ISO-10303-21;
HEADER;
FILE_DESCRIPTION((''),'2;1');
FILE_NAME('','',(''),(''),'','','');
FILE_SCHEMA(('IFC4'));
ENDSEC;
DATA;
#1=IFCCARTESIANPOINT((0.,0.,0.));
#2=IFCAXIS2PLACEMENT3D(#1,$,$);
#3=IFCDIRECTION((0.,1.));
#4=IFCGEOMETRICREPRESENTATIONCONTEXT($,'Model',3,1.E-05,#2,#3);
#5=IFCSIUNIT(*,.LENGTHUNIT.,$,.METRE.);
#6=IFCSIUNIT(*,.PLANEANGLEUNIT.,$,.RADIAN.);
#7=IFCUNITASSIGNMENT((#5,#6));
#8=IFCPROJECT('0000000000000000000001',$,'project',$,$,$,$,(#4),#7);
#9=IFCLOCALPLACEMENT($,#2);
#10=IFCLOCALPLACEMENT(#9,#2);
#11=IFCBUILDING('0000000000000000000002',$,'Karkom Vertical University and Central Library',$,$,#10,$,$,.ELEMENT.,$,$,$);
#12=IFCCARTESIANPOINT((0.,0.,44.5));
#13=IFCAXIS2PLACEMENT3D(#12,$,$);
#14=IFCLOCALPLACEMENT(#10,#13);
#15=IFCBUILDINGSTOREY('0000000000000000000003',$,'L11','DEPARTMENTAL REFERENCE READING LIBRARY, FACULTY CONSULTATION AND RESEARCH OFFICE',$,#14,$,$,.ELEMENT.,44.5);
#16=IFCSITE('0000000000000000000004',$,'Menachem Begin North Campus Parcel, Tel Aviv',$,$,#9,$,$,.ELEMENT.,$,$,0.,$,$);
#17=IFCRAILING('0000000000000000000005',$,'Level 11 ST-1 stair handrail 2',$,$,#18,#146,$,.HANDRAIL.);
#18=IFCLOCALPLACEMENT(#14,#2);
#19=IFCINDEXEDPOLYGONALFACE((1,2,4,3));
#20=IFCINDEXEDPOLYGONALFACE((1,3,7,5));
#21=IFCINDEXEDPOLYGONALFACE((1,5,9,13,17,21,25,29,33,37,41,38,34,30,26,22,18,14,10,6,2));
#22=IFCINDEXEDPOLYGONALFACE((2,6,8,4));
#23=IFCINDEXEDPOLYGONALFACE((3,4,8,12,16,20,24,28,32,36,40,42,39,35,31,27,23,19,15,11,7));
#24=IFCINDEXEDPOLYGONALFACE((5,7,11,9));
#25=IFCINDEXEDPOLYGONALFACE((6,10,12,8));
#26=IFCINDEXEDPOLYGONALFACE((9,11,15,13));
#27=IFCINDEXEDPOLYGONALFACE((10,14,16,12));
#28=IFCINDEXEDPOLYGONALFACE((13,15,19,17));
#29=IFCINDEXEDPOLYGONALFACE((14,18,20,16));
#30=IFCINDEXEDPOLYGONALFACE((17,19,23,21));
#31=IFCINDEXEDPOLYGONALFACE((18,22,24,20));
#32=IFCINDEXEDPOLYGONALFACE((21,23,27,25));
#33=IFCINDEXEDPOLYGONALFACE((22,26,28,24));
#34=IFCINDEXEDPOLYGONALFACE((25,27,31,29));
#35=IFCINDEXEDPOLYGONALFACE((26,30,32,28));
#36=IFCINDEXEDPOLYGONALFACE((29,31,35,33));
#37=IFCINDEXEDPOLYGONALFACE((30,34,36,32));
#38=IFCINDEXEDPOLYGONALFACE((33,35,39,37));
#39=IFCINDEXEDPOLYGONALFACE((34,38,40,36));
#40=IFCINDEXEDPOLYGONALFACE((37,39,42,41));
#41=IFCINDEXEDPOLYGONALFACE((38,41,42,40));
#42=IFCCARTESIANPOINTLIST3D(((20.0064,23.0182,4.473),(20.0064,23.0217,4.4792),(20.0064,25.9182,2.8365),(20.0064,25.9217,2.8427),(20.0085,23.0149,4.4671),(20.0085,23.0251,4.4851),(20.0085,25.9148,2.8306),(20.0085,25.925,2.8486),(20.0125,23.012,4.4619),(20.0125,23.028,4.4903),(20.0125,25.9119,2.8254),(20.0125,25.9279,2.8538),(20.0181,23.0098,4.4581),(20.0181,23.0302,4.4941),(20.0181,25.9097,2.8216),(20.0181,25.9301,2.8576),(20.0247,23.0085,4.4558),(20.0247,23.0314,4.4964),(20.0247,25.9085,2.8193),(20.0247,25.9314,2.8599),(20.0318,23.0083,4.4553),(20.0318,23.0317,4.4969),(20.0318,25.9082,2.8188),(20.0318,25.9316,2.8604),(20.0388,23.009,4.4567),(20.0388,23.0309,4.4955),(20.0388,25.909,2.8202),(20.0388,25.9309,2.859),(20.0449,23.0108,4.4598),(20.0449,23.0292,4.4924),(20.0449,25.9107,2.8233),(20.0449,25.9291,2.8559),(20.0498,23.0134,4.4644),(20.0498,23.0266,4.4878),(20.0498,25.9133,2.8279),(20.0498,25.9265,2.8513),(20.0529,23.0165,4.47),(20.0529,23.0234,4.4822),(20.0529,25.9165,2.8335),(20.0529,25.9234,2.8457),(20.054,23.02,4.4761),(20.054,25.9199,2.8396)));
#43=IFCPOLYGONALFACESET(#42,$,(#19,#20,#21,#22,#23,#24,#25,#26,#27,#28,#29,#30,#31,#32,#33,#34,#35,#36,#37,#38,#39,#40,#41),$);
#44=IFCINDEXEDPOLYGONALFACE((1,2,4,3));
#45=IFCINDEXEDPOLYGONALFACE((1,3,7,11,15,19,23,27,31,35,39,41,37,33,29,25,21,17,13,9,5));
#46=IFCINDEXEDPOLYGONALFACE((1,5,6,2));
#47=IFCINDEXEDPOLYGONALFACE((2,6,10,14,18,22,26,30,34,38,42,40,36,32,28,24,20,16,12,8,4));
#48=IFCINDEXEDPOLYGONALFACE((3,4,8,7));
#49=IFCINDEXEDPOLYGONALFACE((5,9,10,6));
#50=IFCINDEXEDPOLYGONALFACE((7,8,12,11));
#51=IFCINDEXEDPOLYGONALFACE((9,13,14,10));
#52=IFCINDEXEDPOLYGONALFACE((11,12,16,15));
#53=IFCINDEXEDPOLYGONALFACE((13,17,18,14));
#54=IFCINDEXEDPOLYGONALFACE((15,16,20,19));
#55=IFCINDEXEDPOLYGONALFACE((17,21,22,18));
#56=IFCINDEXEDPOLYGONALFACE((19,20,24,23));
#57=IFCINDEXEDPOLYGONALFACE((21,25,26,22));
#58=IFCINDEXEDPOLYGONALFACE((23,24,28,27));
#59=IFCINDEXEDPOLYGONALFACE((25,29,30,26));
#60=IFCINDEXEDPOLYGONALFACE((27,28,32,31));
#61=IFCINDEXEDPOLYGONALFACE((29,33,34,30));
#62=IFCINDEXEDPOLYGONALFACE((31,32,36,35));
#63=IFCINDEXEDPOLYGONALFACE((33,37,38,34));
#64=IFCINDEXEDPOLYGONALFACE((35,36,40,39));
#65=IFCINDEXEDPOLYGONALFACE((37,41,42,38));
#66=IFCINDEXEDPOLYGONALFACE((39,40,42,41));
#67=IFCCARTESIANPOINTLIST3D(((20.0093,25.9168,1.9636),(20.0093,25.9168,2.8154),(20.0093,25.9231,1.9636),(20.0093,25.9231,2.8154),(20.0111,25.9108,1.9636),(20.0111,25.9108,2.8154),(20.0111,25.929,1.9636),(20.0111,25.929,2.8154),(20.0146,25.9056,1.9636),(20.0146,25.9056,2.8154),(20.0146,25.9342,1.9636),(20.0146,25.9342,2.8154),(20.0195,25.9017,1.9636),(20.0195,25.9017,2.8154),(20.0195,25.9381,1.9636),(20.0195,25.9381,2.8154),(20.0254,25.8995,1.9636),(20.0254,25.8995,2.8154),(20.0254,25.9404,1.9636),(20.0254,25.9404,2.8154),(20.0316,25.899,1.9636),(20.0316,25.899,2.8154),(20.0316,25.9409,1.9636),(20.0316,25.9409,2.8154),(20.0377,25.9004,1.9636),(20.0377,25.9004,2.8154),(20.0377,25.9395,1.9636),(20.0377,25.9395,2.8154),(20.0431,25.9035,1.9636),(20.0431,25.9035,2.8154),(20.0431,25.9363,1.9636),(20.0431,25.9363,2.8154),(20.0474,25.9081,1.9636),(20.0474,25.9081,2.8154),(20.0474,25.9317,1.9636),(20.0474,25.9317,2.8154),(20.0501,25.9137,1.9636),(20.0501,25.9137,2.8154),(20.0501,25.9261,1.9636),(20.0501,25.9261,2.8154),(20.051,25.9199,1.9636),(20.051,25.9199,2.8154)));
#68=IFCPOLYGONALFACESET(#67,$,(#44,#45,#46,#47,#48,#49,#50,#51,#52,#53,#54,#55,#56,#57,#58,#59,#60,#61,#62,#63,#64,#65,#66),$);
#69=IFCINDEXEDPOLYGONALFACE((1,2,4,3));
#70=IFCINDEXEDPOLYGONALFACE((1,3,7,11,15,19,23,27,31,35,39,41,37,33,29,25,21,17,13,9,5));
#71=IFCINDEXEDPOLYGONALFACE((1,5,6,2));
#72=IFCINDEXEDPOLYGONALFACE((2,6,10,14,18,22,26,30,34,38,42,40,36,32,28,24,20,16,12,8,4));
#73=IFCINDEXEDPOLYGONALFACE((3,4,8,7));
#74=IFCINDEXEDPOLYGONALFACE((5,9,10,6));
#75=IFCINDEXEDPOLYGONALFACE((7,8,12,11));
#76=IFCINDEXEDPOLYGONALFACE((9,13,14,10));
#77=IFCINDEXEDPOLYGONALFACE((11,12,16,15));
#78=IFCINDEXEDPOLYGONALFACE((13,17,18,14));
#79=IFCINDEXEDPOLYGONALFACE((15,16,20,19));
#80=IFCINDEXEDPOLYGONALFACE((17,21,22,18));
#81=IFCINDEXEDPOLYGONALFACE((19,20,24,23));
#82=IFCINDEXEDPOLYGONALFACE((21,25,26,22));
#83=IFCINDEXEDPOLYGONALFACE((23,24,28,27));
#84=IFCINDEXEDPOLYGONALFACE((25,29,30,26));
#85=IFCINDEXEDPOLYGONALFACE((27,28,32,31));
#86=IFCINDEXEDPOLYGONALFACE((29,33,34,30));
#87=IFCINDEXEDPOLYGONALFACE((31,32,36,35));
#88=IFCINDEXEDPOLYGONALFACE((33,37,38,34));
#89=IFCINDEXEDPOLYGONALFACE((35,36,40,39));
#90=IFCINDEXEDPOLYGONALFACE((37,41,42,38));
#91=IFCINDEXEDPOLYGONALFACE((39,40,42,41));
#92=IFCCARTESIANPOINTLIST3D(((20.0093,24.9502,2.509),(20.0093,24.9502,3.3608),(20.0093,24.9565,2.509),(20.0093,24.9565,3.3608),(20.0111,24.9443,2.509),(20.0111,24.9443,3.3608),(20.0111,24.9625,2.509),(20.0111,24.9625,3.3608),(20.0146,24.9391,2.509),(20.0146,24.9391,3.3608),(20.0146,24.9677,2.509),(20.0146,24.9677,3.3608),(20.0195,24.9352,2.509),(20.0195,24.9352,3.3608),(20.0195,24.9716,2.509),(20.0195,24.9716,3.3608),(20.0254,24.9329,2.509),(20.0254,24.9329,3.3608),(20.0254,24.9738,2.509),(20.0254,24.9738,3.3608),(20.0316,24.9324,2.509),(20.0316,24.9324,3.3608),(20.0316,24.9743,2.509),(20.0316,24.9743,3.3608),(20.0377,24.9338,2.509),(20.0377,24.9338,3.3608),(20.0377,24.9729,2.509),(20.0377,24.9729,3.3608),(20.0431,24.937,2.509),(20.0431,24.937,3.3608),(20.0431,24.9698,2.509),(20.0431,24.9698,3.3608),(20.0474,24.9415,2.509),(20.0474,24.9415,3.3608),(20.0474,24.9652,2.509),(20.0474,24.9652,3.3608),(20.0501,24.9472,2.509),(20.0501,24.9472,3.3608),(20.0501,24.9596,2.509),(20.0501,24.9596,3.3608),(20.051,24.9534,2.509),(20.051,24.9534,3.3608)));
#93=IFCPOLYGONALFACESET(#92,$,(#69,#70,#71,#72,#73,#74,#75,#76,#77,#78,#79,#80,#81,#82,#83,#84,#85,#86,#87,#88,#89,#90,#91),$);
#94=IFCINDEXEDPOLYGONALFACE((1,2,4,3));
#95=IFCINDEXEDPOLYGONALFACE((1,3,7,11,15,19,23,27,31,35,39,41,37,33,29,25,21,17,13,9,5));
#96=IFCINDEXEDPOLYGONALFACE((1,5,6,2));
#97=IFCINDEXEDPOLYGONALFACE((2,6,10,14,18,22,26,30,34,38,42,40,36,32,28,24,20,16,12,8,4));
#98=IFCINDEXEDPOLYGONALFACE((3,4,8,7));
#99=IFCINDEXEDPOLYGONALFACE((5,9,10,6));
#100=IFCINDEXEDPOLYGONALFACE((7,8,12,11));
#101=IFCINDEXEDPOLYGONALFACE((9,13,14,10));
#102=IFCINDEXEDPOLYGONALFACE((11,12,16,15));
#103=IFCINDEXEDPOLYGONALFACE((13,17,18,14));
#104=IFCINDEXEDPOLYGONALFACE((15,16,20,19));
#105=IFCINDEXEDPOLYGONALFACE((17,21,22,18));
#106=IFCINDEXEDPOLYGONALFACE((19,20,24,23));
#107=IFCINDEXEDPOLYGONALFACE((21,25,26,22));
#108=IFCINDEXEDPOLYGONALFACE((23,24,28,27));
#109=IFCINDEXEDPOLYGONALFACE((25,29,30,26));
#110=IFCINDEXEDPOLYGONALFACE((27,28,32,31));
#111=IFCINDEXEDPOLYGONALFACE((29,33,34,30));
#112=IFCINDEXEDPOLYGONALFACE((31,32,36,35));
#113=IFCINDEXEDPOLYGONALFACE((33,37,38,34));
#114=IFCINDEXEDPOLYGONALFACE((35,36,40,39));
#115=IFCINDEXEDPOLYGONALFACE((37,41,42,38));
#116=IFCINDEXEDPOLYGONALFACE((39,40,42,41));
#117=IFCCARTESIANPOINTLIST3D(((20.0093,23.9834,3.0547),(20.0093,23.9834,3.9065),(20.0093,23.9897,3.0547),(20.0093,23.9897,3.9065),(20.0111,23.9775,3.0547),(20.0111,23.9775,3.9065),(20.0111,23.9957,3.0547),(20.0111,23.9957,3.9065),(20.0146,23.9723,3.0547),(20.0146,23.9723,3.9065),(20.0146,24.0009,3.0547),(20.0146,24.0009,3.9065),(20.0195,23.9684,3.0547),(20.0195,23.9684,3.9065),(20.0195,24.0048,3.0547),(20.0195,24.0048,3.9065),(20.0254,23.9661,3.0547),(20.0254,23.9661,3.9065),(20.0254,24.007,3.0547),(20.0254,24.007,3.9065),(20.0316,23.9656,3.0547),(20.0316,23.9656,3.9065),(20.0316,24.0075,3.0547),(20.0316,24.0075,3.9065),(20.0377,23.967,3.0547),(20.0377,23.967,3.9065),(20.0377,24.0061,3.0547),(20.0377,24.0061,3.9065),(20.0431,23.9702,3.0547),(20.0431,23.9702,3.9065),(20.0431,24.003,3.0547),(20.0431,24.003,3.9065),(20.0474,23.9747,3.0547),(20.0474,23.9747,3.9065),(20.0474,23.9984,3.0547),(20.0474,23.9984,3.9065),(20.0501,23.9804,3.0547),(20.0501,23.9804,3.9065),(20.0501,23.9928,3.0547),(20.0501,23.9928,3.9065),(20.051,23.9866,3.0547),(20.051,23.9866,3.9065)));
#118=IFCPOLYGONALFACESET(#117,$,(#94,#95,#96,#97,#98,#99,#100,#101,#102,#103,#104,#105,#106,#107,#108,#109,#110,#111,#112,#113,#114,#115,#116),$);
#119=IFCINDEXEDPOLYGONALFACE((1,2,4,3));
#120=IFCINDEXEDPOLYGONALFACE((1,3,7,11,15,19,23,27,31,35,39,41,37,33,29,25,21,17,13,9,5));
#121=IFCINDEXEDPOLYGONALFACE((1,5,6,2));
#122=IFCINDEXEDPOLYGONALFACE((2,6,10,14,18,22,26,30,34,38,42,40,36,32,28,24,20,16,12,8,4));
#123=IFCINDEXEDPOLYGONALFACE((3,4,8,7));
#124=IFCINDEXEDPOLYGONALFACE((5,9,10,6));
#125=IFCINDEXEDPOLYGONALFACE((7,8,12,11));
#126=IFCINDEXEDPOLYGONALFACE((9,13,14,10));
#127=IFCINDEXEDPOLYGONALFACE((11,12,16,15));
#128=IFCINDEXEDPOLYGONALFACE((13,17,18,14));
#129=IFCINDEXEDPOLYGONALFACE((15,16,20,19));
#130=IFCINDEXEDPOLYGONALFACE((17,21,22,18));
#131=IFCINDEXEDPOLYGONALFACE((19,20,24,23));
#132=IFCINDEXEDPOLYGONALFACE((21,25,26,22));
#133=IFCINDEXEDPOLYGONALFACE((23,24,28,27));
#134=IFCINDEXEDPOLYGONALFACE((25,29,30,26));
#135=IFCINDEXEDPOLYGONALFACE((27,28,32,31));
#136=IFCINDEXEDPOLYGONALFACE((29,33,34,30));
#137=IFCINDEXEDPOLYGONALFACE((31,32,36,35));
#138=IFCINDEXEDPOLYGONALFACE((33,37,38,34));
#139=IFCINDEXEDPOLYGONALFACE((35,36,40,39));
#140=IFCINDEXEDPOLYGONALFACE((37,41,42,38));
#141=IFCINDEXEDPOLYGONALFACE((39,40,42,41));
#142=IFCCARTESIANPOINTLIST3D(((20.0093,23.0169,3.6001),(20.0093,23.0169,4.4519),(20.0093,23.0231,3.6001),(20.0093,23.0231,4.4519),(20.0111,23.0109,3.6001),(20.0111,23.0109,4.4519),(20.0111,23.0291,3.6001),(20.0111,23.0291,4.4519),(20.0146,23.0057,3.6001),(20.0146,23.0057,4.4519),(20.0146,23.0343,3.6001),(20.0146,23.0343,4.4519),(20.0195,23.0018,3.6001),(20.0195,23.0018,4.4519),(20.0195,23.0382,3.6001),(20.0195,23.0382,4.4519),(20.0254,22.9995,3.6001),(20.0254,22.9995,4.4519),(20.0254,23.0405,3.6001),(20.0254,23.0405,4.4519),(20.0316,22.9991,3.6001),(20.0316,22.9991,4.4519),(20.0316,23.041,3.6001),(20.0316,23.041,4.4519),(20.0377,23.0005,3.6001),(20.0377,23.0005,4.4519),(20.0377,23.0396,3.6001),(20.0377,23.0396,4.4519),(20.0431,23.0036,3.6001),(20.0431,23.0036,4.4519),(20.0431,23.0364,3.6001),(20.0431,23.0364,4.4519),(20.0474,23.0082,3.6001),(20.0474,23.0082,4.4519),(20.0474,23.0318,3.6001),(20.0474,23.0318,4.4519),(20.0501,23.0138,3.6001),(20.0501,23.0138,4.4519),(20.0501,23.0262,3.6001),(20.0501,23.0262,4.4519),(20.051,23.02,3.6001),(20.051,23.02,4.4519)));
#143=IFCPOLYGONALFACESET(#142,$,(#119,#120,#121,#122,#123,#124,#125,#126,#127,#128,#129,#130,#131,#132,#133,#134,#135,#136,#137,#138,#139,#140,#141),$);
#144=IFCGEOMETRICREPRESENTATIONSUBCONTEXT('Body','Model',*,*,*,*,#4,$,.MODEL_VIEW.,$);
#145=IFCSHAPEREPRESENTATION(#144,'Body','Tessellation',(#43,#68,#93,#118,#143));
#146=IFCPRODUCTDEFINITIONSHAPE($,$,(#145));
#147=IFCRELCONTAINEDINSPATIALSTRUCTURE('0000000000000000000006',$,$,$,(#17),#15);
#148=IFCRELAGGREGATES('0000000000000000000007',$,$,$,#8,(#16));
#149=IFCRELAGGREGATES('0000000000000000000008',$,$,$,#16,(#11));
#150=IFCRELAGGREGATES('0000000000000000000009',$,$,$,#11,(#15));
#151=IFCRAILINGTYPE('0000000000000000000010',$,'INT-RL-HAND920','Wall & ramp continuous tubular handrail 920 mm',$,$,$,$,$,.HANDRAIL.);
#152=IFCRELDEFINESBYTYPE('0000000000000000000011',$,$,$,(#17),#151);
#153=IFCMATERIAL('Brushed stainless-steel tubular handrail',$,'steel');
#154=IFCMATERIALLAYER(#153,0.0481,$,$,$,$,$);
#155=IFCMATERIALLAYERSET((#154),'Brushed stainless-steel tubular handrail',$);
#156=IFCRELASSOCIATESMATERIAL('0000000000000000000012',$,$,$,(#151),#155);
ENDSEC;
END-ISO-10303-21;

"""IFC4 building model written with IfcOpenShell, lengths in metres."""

from ifc_helpers import new_model, si_unit, direction, frame, origin, origin_2d, place, context, subcontext, project, spatial, circle, extrude, material, layer, layer_set, type_object, element, save


model = new_model("IFC4")

# Units and contexts
model_context = context("Model", 3, precision=1e-05, world=origin(), true_north=direction((0.0, 1.0)))
body_context = subcontext(model_context, "Body", "Model", "MODEL_VIEW")
ifc_project = project(units=[si_unit("LENGTHUNIT", "METRE"), si_unit("PLANEANGLEUNIT", "RADIAN")], contexts=[model_context])

# Site, building, storey
site_placement = place(None, origin())
site = spatial("IfcSite", under=ifc_project, at=site_placement, Name="Menachem Begin North Campus Parcel, Tel Aviv", CompositionType="ELEMENT", RefElevation=0.0)
building_placement = place(site_placement, origin())
building = spatial("IfcBuilding", under=site, at=building_placement, Name="Karkom Vertical University and Central Library", CompositionType="ELEMENT")
storey_placement = place(building_placement, frame((0.0, 0.0, 44.5)))
storey = spatial("IfcBuildingStorey", under=building, at=storey_placement, Name="L11", Description="DEPARTMENTAL REFERENCE READING LIBRARY, FACULTY CONSULTATION AND RESEARCH OFFICE", CompositionType="ELEMENT", Elevation=44.5)

# Railing
ifc_material_1 = material(Name="Brushed stainless-steel tubular handrail", Category="steel")
ifc_layer_1 = layer(ifc_material_1, 0.0481)
ifc_layer_set_1 = layer_set([ifc_layer_1], Name="Brushed stainless-steel tubular handrail")
railing_type_1 = type_object("IfcRailingType", Name="INT-RL-HAND920", Description="Wall & ramp continuous tubular handrail 920 mm", PredefinedType="HANDRAIL", material=ifc_layer_set_1)
railing_1_placement = place(storey_placement, frame((20.03, 25.9199, 1.9636)))
element("IfcRailing", 1, at=railing_1_placement, inside=storey, type_object=railing_type_1, Name="Level 11 ST-1 stair handrail 2", PredefinedType="HANDRAIL", context=body_context, shape_type="SweptSolid", body=[
    extrude(circle(Radius=0.0239, at=origin_2d()), frame((0.0, 0.0, 0.876), z_axis=(0.0, -0.870897, 0.491465), x_axis=(1.0, 0.0, 0.0)), (0.0, 0.0, 1.0), 3.3298),
    extrude(circle(Radius=0.021, at=origin_2d()), origin(), (0.0, 0.0, 1.0), 0.8518),
    extrude(circle(Radius=0.021, at=origin_2d()), frame((0.0, -0.9666, 0.5454)), (0.0, 0.0, 1.0), 0.8518),
    extrude(circle(Radius=0.021, at=origin_2d()), frame((0.0, -1.9333, 1.0911)), (0.0, 0.0, 1.0), 0.8518),
    extrude(circle(Radius=0.021, at=origin_2d()), frame((0.0, -2.8999, 1.6365)), (0.0, 0.0, 1.0), 0.8518),
])

save(model, "model.ifc")
